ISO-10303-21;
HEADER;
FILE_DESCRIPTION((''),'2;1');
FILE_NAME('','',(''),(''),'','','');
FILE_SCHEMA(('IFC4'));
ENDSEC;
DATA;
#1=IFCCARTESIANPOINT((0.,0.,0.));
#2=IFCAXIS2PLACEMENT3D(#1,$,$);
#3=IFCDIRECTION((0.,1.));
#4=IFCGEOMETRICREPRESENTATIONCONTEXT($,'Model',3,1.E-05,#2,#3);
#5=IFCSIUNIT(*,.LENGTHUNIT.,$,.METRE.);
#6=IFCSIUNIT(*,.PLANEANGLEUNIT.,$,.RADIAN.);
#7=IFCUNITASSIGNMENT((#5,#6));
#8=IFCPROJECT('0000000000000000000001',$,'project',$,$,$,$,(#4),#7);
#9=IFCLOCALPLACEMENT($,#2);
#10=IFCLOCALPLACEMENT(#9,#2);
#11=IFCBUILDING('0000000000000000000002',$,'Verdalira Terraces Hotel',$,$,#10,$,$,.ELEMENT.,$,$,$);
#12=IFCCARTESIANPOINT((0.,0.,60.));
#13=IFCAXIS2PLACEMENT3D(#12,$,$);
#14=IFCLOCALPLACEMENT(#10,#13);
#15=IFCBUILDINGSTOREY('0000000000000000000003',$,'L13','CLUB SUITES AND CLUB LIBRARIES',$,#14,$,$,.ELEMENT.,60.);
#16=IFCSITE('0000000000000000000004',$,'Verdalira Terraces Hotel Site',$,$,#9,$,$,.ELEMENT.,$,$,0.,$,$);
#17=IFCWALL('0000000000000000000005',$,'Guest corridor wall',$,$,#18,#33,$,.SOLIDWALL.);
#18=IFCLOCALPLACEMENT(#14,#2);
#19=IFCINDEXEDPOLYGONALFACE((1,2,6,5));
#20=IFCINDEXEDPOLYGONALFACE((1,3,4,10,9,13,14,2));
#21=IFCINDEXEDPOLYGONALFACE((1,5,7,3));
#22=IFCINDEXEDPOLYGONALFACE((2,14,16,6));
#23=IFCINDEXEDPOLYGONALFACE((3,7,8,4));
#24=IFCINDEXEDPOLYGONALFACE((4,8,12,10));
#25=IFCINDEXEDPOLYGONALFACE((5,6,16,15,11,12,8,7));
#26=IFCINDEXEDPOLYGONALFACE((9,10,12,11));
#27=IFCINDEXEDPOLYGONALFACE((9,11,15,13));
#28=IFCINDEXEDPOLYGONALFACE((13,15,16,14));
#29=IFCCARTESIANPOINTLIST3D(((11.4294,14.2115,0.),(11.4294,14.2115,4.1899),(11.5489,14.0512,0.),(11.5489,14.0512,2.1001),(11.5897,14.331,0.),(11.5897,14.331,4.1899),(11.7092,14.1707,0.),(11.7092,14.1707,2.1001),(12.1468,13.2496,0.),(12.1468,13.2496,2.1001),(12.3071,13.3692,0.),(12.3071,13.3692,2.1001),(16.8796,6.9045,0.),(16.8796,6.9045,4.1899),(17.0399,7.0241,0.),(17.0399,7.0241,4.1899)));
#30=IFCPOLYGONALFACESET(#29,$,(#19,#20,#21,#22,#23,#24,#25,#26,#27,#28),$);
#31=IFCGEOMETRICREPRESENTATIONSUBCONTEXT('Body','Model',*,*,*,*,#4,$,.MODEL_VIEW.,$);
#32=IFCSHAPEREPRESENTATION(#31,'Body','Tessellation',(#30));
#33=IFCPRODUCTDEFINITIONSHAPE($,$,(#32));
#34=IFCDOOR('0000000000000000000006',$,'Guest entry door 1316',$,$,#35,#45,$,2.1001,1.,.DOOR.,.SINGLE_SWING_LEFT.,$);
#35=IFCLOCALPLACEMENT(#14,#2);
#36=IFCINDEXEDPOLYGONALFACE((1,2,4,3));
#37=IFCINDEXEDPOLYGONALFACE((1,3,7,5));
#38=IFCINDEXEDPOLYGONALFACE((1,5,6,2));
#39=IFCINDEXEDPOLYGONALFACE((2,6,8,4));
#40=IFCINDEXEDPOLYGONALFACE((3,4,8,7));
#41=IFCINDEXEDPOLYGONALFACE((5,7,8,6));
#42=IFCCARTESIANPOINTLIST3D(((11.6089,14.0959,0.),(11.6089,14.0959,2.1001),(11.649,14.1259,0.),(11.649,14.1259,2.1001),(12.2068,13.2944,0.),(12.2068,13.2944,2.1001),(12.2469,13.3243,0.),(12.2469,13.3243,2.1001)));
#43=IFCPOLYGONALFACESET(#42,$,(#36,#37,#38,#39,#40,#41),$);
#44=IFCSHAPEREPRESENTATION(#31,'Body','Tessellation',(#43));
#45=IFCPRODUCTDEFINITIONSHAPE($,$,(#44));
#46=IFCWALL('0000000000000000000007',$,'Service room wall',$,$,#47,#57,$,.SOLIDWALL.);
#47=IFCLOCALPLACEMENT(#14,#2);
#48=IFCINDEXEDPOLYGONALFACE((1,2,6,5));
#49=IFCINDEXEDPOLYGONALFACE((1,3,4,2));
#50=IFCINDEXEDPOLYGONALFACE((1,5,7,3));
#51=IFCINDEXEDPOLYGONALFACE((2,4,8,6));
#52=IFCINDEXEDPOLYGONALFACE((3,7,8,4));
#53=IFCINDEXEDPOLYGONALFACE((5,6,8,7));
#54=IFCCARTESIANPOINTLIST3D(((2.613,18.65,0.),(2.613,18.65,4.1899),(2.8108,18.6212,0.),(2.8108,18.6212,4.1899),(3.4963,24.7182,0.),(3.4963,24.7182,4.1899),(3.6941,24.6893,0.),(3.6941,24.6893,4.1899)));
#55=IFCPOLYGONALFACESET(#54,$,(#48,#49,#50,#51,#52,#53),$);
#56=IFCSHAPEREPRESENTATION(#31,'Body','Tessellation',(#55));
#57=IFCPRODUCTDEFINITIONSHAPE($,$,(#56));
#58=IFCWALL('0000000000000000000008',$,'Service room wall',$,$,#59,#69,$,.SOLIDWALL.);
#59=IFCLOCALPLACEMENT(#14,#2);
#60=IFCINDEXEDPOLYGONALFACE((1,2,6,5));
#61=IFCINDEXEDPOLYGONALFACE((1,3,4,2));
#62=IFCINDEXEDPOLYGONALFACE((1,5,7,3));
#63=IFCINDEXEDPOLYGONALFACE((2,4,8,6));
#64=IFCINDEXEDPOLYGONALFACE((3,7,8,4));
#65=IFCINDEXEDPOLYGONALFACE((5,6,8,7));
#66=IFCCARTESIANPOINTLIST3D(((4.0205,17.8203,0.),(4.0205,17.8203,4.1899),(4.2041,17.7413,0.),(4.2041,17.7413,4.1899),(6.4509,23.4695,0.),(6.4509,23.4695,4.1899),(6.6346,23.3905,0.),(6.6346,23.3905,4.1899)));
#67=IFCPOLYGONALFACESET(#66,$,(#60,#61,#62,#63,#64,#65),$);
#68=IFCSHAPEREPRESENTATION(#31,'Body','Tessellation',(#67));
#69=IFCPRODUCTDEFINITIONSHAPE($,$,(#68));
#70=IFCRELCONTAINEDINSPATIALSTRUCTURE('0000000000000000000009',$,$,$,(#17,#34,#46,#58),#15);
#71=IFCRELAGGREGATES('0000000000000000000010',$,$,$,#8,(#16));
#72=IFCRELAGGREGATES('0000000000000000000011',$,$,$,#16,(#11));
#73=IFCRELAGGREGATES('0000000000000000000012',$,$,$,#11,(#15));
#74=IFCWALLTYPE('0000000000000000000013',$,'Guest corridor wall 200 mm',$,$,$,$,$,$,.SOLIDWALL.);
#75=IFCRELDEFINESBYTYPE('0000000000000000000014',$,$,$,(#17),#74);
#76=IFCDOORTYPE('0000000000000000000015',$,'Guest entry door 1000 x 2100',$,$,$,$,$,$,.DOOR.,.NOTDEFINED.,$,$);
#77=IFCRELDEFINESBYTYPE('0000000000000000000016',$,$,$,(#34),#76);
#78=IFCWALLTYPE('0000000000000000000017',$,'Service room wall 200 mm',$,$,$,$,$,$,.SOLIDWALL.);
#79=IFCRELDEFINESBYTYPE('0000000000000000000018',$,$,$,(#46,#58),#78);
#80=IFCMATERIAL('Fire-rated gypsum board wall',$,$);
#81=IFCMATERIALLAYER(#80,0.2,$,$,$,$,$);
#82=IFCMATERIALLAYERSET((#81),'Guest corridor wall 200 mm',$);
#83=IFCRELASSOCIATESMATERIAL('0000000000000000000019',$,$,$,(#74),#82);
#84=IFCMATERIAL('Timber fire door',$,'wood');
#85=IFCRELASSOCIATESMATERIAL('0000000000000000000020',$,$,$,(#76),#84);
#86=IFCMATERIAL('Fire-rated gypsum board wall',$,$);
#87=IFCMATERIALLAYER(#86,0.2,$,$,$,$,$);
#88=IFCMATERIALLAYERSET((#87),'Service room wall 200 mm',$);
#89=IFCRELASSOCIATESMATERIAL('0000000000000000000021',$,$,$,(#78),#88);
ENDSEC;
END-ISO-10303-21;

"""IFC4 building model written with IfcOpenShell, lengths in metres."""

from ifc_helpers import new_model, si_unit, direction, frame, frame_2d, origin, place, context, subcontext, project, spatial, rectangle, extrude, material, layer, layer_set, type_object, element, fill, save


model = new_model("IFC4")

# Units and contexts
model_context = context("Model", 3, precision=1e-05, world=origin(), true_north=direction((0.0, 1.0)))
body_context = subcontext(model_context, "Body", "Model", "MODEL_VIEW")
ifc_project = project(units=[si_unit("LENGTHUNIT", "METRE"), si_unit("PLANEANGLEUNIT", "RADIAN")], contexts=[model_context])

# Site, building, storey
site_placement = place(None, origin())
site = spatial("IfcSite", under=ifc_project, at=site_placement, Name="Verdalira Terraces Hotel Site", CompositionType="ELEMENT", RefElevation=0.0)
building_placement = place(site_placement, origin())
building = spatial("IfcBuilding", under=site, at=building_placement, Name="Verdalira Terraces Hotel", CompositionType="ELEMENT")
storey_placement = place(building_placement, frame((0.0, 0.0, 60.0)))
storey = spatial("IfcBuildingStorey", under=building, at=storey_placement, Name="L13", Description="CLUB SUITES AND CLUB LIBRARIES", CompositionType="ELEMENT", Elevation=60.0)

# Shared definitions
ifc_material_1 = material(Name="Fire-rated gypsum board wall")
ifc_layer_1 = layer(ifc_material_1, 0.2)
ifc_layer_set_1 = layer_set([ifc_layer_1], Name="Guest corridor wall 200 mm")
wall_type_1 = type_object("IfcWallType", Name="Guest corridor wall 200 mm", PredefinedType="SOLIDWALL", material=ifc_layer_set_1)

# Wall, opening, door
wall_1_placement = place(storey_placement, frame((11.5095, 14.2712, 0.0), z_axis=(0.0, 0.0, 1.0), x_axis=(0.597894, -0.801575, 0.0)))
wall_1 = element("IfcWall", 1, at=wall_1_placement, inside=storey, type_object=wall_type_1, Name="Guest corridor wall", PredefinedType="SOLIDWALL", context=body_context, shape_type="SweptSolid", body=[
    extrude(rectangle(XDim=9.1157, YDim=0.2, at=frame_2d((4.5579, 0.0))), origin(), (0.0, 0.0, 1.0), 4.1899),
])
opening_1_placement = place(wall_1_placement, frame((0.2, 0.0, 0.0)))
opening_1 = element("IfcOpeningElement", 2, at=opening_1_placement, cuts=wall_1, PredefinedType="OPENING", context=body_context, shape_type="SweptSolid", body=[
    extrude(rectangle(XDim=1.0, YDim=2.1001, at=frame_2d((0.5, 1.05))), frame((0.0, 0.1099, 0.0), z_axis=(0.0, -1.0, 0.0), x_axis=(1.0, 0.0, 0.0)), (0.0, 0.0, 1.0), 0.22),
])
ifc_material_2 = material(Name="Timber fire door", Category="wood")
door_type_1 = type_object("IfcDoorType", Name="Guest entry door 1000 x 2100", OperationType="NOTDEFINED", PredefinedType="DOOR", material=ifc_material_2)
door_1_placement = place(opening_1_placement, origin())
door_1 = element("IfcDoor", 3, at=door_1_placement, inside=storey, type_object=door_type_1, Name="Guest entry door 1316", OperationType="SINGLE_SWING_LEFT", OverallHeight=2.1001, OverallWidth=1.0, PredefinedType="DOOR", context=body_context, shape_type="SweptSolid", body=[
    extrude(rectangle(XDim=1.0, YDim=2.1001, at=frame_2d((0.5, 1.05))), frame((0.0, 0.0249, 0.0), z_axis=(0.0, -1.0, 0.0), x_axis=(1.0, 0.0, 0.0)), (0.0, 0.0, 1.0), 0.05),
])
fill(opening_1, door_1)

# Walls
ifc_material_3 = material(Name="Fire-rated gypsum board wall")
ifc_layer_2 = layer(ifc_material_3, 0.2)
ifc_layer_set_2 = layer_set([ifc_layer_2], Name="Service room wall 200 mm")
wall_type_2 = type_object("IfcWallType", Name="Service room wall 200 mm", PredefinedType="SOLIDWALL", material=ifc_layer_set_2)
wall_2_placement = place(storey_placement, frame((2.7119, 18.6357, 0.0), z_axis=(0.0, 0.0, 1.0), x_axis=(0.144046, 0.989571, 0.0)))
element("IfcWall", 4, at=wall_2_placement, inside=storey, type_object=wall_type_2, Name="Service room wall", PredefinedType="SOLIDWALL", context=body_context, shape_type="SweptSolid", body=[
    extrude(rectangle(XDim=6.1321, YDim=0.2, at=frame_2d((3.0659, 0.0))), origin(), (0.0, 0.0, 1.0), 4.1899),
])
wall_3_placement = place(storey_placement, frame((4.1123, 17.7808, 0.0), z_axis=(0.0, 0.0, 1.0), x_axis=(0.395203, 0.918594, 0.0)))
element("IfcWall", 5, at=wall_3_placement, inside=storey, type_object=wall_type_2, Name="Service room wall", PredefinedType="SOLIDWALL", context=body_context, shape_type="SweptSolid", body=[
    extrude(rectangle(XDim=6.1499, YDim=0.2, at=frame_2d((3.075, 0.0))), origin(), (0.0, 0.0, 1.0), 4.1899),
])

save(model, "model.ifc")
